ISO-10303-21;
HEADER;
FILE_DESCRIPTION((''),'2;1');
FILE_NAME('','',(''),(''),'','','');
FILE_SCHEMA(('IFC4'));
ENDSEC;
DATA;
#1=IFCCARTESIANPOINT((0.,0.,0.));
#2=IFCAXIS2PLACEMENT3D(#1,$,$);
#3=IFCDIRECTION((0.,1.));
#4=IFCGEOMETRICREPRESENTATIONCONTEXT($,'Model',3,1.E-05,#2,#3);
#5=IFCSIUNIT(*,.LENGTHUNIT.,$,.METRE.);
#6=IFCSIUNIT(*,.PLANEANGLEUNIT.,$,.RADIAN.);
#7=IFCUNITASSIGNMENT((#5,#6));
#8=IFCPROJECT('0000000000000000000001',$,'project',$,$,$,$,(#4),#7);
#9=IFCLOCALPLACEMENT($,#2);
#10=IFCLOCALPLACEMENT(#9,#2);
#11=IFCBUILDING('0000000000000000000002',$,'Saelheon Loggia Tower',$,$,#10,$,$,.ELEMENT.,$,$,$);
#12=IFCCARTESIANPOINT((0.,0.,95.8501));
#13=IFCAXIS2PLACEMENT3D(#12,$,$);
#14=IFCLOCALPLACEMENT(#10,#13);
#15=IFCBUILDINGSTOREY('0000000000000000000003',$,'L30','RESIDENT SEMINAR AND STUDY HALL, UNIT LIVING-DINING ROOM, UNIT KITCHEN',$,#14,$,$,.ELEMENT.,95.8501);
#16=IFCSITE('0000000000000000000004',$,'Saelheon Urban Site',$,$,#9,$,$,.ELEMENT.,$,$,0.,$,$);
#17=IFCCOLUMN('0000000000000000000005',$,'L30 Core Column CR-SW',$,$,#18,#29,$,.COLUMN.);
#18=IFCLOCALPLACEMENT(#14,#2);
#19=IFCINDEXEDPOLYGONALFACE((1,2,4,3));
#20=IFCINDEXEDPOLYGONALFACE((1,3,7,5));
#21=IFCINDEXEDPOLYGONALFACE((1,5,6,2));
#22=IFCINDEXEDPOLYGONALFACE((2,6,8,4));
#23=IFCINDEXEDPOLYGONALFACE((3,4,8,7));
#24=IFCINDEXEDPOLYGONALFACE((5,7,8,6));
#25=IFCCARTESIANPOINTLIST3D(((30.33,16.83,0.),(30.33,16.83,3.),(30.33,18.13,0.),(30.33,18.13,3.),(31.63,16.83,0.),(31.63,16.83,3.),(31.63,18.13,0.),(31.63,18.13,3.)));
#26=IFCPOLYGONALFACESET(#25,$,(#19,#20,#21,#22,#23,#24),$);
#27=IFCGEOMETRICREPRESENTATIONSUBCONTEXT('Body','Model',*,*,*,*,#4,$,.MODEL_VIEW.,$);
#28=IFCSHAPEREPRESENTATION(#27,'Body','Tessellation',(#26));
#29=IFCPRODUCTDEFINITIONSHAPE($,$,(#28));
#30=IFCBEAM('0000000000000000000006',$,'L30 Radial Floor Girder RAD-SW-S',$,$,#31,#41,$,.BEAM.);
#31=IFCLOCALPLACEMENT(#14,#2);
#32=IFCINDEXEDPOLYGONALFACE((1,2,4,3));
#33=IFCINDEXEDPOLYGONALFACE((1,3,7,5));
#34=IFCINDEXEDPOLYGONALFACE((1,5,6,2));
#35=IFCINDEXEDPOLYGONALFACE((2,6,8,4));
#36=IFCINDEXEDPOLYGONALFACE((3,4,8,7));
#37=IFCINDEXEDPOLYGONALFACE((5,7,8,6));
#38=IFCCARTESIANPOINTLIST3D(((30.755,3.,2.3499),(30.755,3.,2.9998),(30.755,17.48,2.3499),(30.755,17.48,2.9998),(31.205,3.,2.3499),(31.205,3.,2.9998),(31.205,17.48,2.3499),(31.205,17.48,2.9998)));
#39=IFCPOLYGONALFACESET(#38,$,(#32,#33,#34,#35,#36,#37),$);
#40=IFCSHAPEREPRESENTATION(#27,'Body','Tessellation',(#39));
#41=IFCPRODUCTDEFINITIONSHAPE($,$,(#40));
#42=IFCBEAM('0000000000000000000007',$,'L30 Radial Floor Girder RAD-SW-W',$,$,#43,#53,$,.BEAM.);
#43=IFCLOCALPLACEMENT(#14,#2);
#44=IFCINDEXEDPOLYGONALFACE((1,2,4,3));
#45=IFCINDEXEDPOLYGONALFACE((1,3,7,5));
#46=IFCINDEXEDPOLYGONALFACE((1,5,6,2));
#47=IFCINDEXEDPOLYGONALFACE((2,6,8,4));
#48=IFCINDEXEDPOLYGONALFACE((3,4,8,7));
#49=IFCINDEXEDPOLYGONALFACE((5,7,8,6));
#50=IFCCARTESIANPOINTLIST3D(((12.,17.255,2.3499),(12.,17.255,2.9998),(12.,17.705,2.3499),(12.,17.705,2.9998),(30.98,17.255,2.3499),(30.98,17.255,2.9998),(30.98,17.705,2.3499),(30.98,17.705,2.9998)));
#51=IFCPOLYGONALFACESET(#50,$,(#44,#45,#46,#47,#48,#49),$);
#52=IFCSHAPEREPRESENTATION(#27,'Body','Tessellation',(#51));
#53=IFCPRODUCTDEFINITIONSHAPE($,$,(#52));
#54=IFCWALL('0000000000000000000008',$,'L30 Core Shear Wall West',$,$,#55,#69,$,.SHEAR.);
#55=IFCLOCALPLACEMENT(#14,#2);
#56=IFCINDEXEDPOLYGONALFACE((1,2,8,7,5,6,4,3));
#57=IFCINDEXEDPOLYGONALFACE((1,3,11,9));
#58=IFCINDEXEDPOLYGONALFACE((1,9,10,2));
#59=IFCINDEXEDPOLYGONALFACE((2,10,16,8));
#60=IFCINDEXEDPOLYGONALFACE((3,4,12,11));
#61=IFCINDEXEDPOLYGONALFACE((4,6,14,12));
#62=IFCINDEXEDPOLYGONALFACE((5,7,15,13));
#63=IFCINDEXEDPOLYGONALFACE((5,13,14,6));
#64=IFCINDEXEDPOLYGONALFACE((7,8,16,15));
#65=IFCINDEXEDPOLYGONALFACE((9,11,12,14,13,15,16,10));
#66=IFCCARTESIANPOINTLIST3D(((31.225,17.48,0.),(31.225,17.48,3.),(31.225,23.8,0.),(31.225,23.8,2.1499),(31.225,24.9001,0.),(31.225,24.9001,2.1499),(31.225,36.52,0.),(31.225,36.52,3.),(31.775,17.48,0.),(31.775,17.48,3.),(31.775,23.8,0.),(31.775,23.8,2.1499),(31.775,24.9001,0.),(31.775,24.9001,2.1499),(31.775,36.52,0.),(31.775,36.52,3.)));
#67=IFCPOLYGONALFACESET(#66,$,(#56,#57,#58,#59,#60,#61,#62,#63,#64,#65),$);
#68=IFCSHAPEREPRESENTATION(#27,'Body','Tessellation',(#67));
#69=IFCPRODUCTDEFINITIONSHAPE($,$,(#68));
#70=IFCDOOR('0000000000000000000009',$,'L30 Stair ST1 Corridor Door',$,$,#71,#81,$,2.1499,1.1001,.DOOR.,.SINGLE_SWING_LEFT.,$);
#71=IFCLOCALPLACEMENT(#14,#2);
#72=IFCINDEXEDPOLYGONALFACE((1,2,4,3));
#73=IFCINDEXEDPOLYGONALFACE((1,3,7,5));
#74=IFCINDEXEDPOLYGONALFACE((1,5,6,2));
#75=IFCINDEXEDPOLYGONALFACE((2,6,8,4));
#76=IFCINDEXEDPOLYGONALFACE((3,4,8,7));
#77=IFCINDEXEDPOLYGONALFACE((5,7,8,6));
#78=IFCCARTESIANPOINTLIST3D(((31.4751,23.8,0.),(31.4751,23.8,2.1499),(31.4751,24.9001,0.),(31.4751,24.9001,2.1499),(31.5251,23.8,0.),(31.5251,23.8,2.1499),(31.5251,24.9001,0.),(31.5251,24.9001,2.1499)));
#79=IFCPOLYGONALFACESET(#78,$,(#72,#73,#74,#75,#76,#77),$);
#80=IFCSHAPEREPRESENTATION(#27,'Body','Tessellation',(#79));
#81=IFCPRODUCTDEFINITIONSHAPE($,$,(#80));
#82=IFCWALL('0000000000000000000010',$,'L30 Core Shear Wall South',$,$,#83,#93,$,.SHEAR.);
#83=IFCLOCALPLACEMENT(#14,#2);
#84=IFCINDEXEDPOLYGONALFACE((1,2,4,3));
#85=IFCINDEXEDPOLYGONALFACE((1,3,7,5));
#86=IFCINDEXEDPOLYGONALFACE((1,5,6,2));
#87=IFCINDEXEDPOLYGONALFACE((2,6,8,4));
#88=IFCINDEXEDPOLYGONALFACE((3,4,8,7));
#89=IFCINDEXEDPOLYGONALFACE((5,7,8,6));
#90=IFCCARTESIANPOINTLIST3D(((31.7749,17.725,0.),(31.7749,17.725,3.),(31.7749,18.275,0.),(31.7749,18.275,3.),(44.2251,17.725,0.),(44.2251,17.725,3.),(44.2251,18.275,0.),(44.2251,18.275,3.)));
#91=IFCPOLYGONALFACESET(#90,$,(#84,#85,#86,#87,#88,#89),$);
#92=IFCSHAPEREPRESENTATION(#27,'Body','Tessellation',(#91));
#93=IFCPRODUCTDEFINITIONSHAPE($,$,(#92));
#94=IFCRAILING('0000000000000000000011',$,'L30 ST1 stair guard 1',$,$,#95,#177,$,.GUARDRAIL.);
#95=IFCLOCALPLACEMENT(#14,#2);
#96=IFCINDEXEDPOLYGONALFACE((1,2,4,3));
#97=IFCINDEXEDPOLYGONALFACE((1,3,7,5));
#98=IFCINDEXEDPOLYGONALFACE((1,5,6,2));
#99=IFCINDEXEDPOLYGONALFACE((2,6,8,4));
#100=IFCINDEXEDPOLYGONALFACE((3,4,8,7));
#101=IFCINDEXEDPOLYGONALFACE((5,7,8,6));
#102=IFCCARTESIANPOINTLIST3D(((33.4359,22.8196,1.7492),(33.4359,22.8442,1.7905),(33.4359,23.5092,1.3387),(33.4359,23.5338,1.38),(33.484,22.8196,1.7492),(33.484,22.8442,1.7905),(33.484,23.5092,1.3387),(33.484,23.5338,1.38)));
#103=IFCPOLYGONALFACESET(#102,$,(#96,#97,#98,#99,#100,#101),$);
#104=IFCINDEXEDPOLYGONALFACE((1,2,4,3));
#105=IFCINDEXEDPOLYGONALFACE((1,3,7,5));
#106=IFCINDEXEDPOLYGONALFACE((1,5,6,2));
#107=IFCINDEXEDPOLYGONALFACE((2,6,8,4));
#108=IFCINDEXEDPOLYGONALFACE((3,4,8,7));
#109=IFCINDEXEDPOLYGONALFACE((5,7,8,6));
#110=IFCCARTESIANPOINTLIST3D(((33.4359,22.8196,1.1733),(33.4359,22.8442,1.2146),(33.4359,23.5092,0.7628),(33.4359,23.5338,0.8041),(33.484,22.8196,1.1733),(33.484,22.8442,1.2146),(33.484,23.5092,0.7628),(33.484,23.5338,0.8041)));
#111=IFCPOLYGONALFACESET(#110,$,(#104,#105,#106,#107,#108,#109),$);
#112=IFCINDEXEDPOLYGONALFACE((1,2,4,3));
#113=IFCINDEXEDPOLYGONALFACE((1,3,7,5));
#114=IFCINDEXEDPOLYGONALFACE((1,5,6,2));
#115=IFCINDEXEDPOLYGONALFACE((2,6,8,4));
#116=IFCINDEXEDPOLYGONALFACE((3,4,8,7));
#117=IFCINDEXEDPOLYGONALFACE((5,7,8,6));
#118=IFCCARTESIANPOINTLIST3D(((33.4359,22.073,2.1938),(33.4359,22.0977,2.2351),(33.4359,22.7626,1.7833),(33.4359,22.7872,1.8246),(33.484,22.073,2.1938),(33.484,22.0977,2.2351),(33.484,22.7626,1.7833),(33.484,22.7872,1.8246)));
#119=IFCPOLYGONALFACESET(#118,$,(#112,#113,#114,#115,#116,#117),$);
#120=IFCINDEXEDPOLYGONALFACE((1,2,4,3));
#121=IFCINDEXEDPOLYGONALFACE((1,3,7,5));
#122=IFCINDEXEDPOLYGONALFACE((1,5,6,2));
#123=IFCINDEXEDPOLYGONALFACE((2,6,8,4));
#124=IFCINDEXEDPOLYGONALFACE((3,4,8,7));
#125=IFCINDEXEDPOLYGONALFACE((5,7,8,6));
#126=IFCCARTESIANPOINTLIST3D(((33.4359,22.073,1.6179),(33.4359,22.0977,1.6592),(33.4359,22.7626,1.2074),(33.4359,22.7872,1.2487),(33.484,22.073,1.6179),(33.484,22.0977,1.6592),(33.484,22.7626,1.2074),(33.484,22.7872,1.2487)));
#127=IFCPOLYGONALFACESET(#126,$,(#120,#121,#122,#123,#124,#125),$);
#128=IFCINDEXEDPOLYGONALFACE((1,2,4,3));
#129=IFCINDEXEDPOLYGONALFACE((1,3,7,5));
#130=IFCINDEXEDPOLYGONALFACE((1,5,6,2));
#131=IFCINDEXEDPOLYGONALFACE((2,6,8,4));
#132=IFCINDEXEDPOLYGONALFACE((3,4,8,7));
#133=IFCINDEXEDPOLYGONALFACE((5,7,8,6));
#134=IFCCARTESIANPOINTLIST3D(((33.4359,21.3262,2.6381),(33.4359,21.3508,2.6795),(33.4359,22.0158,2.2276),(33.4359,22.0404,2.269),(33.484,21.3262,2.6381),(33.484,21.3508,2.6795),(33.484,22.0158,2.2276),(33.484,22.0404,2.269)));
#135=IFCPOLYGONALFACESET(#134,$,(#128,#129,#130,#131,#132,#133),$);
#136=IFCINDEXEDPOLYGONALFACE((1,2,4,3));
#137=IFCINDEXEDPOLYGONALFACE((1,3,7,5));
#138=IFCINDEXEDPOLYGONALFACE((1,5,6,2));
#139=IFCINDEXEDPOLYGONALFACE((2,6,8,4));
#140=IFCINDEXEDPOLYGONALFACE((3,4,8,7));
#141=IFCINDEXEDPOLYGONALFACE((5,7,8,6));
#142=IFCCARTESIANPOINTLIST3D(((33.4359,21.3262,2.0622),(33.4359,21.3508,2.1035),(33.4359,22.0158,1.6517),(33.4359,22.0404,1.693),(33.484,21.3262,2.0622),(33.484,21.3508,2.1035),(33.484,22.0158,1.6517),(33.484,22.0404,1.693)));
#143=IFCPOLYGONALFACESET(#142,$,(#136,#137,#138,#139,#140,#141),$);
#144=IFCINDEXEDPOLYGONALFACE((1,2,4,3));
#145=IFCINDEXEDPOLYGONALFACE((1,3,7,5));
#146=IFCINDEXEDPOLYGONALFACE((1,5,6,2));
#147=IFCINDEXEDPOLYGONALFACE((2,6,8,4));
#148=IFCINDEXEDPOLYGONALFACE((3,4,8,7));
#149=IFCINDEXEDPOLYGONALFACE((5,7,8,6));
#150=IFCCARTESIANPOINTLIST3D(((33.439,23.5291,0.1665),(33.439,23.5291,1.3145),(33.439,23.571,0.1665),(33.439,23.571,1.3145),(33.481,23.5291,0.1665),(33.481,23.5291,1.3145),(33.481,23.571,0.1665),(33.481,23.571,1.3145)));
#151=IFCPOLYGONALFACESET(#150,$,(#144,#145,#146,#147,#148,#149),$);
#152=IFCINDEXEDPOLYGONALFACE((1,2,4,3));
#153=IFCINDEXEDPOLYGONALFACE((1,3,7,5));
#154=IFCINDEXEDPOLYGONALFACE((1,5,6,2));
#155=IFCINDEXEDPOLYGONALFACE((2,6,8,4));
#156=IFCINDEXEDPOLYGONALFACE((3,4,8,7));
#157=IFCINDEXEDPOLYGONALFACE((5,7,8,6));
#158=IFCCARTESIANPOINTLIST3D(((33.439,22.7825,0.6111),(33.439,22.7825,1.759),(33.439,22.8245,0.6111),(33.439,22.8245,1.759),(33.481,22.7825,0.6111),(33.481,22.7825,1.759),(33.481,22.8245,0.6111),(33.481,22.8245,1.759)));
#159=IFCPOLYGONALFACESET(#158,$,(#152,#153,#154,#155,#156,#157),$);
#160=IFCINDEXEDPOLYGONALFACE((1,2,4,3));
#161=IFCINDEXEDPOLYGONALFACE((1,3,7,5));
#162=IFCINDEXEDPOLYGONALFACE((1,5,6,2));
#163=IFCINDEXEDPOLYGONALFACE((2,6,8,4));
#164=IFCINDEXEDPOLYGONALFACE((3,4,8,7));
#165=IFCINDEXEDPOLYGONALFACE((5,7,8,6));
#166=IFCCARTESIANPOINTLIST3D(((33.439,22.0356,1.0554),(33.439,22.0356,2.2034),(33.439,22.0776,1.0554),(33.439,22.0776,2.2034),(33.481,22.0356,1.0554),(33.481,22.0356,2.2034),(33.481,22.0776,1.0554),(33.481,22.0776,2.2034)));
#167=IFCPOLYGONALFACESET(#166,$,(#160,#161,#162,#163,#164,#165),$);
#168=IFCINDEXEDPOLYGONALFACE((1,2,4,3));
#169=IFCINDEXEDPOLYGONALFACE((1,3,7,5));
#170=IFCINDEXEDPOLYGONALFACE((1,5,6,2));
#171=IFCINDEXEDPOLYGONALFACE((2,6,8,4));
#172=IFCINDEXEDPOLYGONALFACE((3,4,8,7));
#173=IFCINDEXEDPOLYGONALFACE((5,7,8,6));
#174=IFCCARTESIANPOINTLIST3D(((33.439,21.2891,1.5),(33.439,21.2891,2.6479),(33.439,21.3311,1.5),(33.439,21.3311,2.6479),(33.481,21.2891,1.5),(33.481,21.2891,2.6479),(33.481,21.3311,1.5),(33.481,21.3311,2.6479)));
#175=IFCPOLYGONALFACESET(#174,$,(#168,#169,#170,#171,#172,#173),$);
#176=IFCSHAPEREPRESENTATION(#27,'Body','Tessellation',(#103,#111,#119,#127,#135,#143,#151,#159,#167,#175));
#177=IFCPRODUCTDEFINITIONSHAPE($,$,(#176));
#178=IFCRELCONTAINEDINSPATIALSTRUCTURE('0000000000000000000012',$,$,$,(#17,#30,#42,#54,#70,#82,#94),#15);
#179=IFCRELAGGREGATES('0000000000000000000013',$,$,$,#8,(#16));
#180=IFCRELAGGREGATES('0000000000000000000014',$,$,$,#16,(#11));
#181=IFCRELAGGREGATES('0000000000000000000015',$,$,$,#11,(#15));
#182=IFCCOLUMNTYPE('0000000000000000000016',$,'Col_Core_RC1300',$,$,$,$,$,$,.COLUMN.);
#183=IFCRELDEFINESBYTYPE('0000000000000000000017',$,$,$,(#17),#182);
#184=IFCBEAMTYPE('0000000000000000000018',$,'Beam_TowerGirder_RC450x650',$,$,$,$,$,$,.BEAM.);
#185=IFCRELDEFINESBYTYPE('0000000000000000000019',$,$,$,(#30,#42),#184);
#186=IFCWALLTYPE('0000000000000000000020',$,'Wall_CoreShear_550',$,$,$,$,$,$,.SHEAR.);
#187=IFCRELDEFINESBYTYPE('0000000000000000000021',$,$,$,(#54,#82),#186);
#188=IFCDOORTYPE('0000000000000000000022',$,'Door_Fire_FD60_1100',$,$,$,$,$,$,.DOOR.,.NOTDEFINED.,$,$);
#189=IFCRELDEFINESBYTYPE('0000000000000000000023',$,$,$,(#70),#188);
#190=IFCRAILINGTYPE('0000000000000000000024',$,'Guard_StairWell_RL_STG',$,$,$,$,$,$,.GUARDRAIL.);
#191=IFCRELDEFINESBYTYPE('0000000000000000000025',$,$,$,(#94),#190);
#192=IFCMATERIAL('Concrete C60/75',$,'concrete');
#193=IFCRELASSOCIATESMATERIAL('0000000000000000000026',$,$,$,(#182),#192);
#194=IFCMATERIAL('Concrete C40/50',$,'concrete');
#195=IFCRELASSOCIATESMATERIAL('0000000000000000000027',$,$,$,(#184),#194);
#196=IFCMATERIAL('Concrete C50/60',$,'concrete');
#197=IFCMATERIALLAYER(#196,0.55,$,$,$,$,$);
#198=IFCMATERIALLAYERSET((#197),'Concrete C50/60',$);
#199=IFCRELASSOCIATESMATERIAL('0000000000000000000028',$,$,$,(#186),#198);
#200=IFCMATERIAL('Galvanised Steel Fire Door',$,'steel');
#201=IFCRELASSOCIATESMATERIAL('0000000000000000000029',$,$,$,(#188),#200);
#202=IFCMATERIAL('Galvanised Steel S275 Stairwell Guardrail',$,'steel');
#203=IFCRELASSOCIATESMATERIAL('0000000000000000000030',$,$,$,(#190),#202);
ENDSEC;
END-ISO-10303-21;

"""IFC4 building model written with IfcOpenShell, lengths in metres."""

from ifc_helpers import new_model, si_unit, direction, frame, frame_2d, origin, origin_2d, place, context, subcontext, project, spatial, rectangle, extrude, source, transform, mapped, material, layer, layer_set, material_profile, profile_set, type_object, element, fill, save


model = new_model("IFC4")

# Units and contexts
model_context = context("Model", 3, precision=1e-05, world=origin(), true_north=direction((0.0, 1.0)))
body_context = subcontext(model_context, "Body", "Model", "MODEL_VIEW")
ifc_project = project(units=[si_unit("LENGTHUNIT", "METRE"), si_unit("PLANEANGLEUNIT", "RADIAN")], contexts=[model_context])

# Site, building, storey
site_placement = place(None, origin())
site = spatial("IfcSite", under=ifc_project, at=site_placement, Name="Saelheon Urban Site", CompositionType="ELEMENT", RefElevation=0.0)
building_placement = place(site_placement, origin())
building = spatial("IfcBuilding", under=site, at=building_placement, Name="Saelheon Loggia Tower", CompositionType="ELEMENT")
storey_placement = place(building_placement, frame((0.0, 0.0, 95.8501)))
storey = spatial("IfcBuildingStorey", under=building, at=storey_placement, Name="L30", Description="RESIDENT SEMINAR AND STUDY HALL, UNIT LIVING-DINING ROOM, UNIT KITCHEN", CompositionType="ELEMENT", Elevation=95.8501)

# Column
ifc_material_1 = material(Name="Concrete C60/75", Category="concrete")
ifc_material_profile_1 = material_profile(ifc_material_1, rectangle(XDim=1.3, YDim=1.3, at=origin_2d()), Name="RC-1300x1300")
ifc_profile_set_1 = profile_set([ifc_material_profile_1], Name="Concrete C60/75")
column_type = type_object("IfcColumnType", Name="Col_Core_RC1300", PredefinedType="COLUMN", material=ifc_profile_set_1)
shared_shape_1 = source(origin(), body_context, "Body", "SweptSolid", [
    extrude(rectangle(XDim=1.3, YDim=1.3, at=origin_2d()), origin(), (0.0, 0.0, 1.0), 3.0),
])
column_placement = place(storey_placement, frame((30.98, 17.48, 0.0), z_axis=(0.0, 0.0, 1.0), x_axis=(1.0, 0.0, 0.0)))
element("IfcColumn", 1, at=column_placement, inside=storey, type_object=column_type, Name="L30 Core Column CR-SW", PredefinedType="COLUMN", context=body_context, shape_type="MappedRepresentation", body=[
    mapped(shared_shape_1, transform((0.0, 0.0, 0.0), scale=1.0)),
])

# Beams
ifc_material_2 = material(Name="Concrete C40/50", Category="concrete")
ifc_material_profile_2 = material_profile(ifc_material_2, rectangle(XDim=0.45, YDim=0.6499, at=origin_2d()), Name="RC-450x650")
ifc_profile_set_2 = profile_set([ifc_material_profile_2], Name="Concrete C40/50")
beam_type = type_object("IfcBeamType", Name="Beam_TowerGirder_RC450x650", PredefinedType="BEAM", material=ifc_profile_set_2)
shared_shape_2 = source(origin(), body_context, "Body", "SweptSolid", [
    extrude(rectangle(XDim=0.45, YDim=0.6499, at=origin_2d()), origin(), (0.0, 0.0, 1.0), 14.48),
])
beam_1_placement = place(storey_placement, frame((30.98, 17.48, 2.6748), z_axis=(0.0, -1.0, 0.0), x_axis=(1.0, 0.0, 0.0)))
element("IfcBeam", 2, at=beam_1_placement, inside=storey, type_object=beam_type, Name="L30 Radial Floor Girder RAD-SW-S", PredefinedType="BEAM", context=body_context, shape_type="MappedRepresentation", body=[
    mapped(shared_shape_2, transform((0.0, 0.0, 0.0), scale=1.0)),
])
shared_shape_3 = source(origin(), body_context, "Body", "SweptSolid", [
    extrude(rectangle(XDim=0.45, YDim=0.6499, at=origin_2d()), origin(), (0.0, 0.0, 1.0), 18.98),
])
beam_2_placement = place(storey_placement, frame((30.98, 17.48, 2.6748), z_axis=(-1.0, 0.0, 0.0), x_axis=(0.0, -1.0, 0.0)))
element("IfcBeam", 3, at=beam_2_placement, inside=storey, type_object=beam_type, Name="L30 Radial Floor Girder RAD-SW-W", PredefinedType="BEAM", context=body_context, shape_type="MappedRepresentation", body=[
    mapped(shared_shape_3, transform((0.0, 0.0, 0.0), scale=1.0)),
])

# Wall, opening, door
ifc_material_3 = material(Name="Concrete C50/60", Category="concrete")
ifc_layer_1 = layer(ifc_material_3, 0.55)
ifc_layer_set_1 = layer_set([ifc_layer_1], Name="Concrete C50/60")
wall_type_1 = type_object("IfcWallType", Name="Wall_CoreShear_550", PredefinedType="SHEAR", material=ifc_layer_set_1)
wall_1_placement = place(storey_placement, frame((31.5, 17.48, 0.0), z_axis=(0.0, 0.0, 1.0), x_axis=(0.0, 1.0, 0.0)))
wall_1 = element("IfcWall", 4, at=wall_1_placement, inside=storey, type_object=wall_type_1, Name="L30 Core Shear Wall West", PredefinedType="SHEAR", context=body_context, shape_type="SweptSolid", body=[
    extrude(rectangle(XDim=19.04, YDim=0.55, at=frame_2d((9.52, 0.0))), origin(), (0.0, 0.0, 1.0), 3.0),
])
opening_1_placement = place(wall_1_placement, frame((6.3201, 0.0, 0.0)))
opening_1 = element("IfcOpeningElement", 5, at=opening_1_placement, cuts=wall_1, PredefinedType="OPENING", context=body_context, shape_type="SweptSolid", body=[
    extrude(rectangle(XDim=1.1001, YDim=2.1499, at=frame_2d((0.55, 1.075))), frame((0.0, 0.2871, 0.0), z_axis=(0.0, -1.0, 0.0), x_axis=(1.0, 0.0, 0.0)), (0.0, 0.0, 1.0), 0.574),
])
ifc_material_4 = material(Name="Galvanised Steel Fire Door", Category="steel")
door_type_1 = type_object("IfcDoorType", Name="Door_Fire_FD60_1100", OperationType="NOTDEFINED", PredefinedType="DOOR", material=ifc_material_4)
shared_shape_4 = source(origin(), body_context, "Body", "SweptSolid", [
    extrude(rectangle(XDim=1.1001, YDim=2.1499, at=frame_2d((0.55, 1.075))), frame((0.0, 0.0249, 0.0), z_axis=(0.0, -1.0, 0.0), x_axis=(1.0, 0.0, 0.0)), (0.0, 0.0, 1.0), 0.05),
])
door_1_placement = place(opening_1_placement, origin())
door_1 = element("IfcDoor", 6, at=door_1_placement, inside=storey, type_object=door_type_1, Name="L30 Stair ST1 Corridor Door", OperationType="SINGLE_SWING_LEFT", OverallHeight=2.1499, OverallWidth=1.1001, PredefinedType="DOOR", context=body_context, shape_type="MappedRepresentation", body=[
    mapped(shared_shape_4, transform((0.0, 0.0, 0.0), scale=1.0)),
])
fill(opening_1, door_1)

# Wall
wall_2_placement = place(storey_placement, frame((31.7749, 18.0, 0.0), z_axis=(0.0, 0.0, 1.0), x_axis=(1.0, 0.0, 0.0)))
element("IfcWall", 7, at=wall_2_placement, inside=storey, type_object=wall_type_1, Name="L30 Core Shear Wall South", PredefinedType="SHEAR", context=body_context, shape_type="SweptSolid", body=[
    extrude(rectangle(XDim=12.4502, YDim=0.55, at=frame_2d((6.2251, 0.0))), origin(), (0.0, 0.0, 1.0), 3.0),
])

# Railing
ifc_material_5 = material(Name="Galvanised Steel S275 Stairwell Guardrail", Category="steel")
railing_type_1 = type_object("IfcRailingType", Name="Guard_StairWell_RL_STG", PredefinedType="GUARDRAIL", material=ifc_material_5)
railing_1_placement = place(storey_placement, frame((33.46, 23.55, 0.1665)))
element("IfcRailing", 8, at=railing_1_placement, inside=storey, type_object=railing_type_1, Name="L30 ST1 stair guard 1", PredefinedType="GUARDRAIL", context=body_context, shape_type="SweptSolid", body=[
    extrude(rectangle(XDim=0.0481, YDim=0.0481, at=origin_2d()), frame((0.0, -0.0286, 1.1929), z_axis=(0.0, -0.859264, 0.511532), x_axis=(1.0, 0.0, 0.0)), (0.0, 0.0, 1.0), 0.8025),
    extrude(rectangle(XDim=0.0481, YDim=0.0481, at=origin_2d()), frame((0.0, -0.0286, 0.6169), z_axis=(0.0, -0.859264, 0.511532), x_axis=(1.0, 0.0, 0.0)), (0.0, 0.0, 1.0), 0.8025),
    extrude(rectangle(XDim=0.0481, YDim=0.0481, at=origin_2d()), frame((0.0, -0.7751, 1.6375), z_axis=(0.0, -0.859264, 0.511532), x_axis=(1.0, 0.0, 0.0)), (0.0, 0.0, 1.0), 0.8025),
    extrude(rectangle(XDim=0.0481, YDim=0.0481, at=origin_2d()), frame((0.0, -0.7751, 1.0615), z_axis=(0.0, -0.859264, 0.511532), x_axis=(1.0, 0.0, 0.0)), (0.0, 0.0, 1.0), 0.8025),
    extrude(rectangle(XDim=0.0481, YDim=0.0481, at=origin_2d()), frame((0.0, -1.522, 2.0818), z_axis=(0.0, -0.859264, 0.511532), x_axis=(1.0, 0.0, 0.0)), (0.0, 0.0, 1.0), 0.8025),
    extrude(rectangle(XDim=0.0481, YDim=0.0481, at=origin_2d()), frame((0.0, -1.522, 1.5059), z_axis=(0.0, -0.859264, 0.511532), x_axis=(1.0, 0.0, 0.0)), (0.0, 0.0, 1.0), 0.8025),
    extrude(rectangle(XDim=0.042, YDim=0.042, at=origin_2d()), origin(), (0.0, 0.0, 1.0), 1.1479),
    extrude(rectangle(XDim=0.042, YDim=0.042, at=origin_2d()), frame((0.0, -0.7466, 0.4446)), (0.0, 0.0, 1.0), 1.1479),
    extrude(rectangle(XDim=0.042, YDim=0.042, at=origin_2d()), frame((0.0, -1.4934, 0.8889)), (0.0, 0.0, 1.0), 1.1479),
    extrude(rectangle(XDim=0.042, YDim=0.042, at=origin_2d()), frame((0.0, -2.24, 1.3335)), (0.0, 0.0, 1.0), 1.1479),
])

save(model, "model.ifc")
